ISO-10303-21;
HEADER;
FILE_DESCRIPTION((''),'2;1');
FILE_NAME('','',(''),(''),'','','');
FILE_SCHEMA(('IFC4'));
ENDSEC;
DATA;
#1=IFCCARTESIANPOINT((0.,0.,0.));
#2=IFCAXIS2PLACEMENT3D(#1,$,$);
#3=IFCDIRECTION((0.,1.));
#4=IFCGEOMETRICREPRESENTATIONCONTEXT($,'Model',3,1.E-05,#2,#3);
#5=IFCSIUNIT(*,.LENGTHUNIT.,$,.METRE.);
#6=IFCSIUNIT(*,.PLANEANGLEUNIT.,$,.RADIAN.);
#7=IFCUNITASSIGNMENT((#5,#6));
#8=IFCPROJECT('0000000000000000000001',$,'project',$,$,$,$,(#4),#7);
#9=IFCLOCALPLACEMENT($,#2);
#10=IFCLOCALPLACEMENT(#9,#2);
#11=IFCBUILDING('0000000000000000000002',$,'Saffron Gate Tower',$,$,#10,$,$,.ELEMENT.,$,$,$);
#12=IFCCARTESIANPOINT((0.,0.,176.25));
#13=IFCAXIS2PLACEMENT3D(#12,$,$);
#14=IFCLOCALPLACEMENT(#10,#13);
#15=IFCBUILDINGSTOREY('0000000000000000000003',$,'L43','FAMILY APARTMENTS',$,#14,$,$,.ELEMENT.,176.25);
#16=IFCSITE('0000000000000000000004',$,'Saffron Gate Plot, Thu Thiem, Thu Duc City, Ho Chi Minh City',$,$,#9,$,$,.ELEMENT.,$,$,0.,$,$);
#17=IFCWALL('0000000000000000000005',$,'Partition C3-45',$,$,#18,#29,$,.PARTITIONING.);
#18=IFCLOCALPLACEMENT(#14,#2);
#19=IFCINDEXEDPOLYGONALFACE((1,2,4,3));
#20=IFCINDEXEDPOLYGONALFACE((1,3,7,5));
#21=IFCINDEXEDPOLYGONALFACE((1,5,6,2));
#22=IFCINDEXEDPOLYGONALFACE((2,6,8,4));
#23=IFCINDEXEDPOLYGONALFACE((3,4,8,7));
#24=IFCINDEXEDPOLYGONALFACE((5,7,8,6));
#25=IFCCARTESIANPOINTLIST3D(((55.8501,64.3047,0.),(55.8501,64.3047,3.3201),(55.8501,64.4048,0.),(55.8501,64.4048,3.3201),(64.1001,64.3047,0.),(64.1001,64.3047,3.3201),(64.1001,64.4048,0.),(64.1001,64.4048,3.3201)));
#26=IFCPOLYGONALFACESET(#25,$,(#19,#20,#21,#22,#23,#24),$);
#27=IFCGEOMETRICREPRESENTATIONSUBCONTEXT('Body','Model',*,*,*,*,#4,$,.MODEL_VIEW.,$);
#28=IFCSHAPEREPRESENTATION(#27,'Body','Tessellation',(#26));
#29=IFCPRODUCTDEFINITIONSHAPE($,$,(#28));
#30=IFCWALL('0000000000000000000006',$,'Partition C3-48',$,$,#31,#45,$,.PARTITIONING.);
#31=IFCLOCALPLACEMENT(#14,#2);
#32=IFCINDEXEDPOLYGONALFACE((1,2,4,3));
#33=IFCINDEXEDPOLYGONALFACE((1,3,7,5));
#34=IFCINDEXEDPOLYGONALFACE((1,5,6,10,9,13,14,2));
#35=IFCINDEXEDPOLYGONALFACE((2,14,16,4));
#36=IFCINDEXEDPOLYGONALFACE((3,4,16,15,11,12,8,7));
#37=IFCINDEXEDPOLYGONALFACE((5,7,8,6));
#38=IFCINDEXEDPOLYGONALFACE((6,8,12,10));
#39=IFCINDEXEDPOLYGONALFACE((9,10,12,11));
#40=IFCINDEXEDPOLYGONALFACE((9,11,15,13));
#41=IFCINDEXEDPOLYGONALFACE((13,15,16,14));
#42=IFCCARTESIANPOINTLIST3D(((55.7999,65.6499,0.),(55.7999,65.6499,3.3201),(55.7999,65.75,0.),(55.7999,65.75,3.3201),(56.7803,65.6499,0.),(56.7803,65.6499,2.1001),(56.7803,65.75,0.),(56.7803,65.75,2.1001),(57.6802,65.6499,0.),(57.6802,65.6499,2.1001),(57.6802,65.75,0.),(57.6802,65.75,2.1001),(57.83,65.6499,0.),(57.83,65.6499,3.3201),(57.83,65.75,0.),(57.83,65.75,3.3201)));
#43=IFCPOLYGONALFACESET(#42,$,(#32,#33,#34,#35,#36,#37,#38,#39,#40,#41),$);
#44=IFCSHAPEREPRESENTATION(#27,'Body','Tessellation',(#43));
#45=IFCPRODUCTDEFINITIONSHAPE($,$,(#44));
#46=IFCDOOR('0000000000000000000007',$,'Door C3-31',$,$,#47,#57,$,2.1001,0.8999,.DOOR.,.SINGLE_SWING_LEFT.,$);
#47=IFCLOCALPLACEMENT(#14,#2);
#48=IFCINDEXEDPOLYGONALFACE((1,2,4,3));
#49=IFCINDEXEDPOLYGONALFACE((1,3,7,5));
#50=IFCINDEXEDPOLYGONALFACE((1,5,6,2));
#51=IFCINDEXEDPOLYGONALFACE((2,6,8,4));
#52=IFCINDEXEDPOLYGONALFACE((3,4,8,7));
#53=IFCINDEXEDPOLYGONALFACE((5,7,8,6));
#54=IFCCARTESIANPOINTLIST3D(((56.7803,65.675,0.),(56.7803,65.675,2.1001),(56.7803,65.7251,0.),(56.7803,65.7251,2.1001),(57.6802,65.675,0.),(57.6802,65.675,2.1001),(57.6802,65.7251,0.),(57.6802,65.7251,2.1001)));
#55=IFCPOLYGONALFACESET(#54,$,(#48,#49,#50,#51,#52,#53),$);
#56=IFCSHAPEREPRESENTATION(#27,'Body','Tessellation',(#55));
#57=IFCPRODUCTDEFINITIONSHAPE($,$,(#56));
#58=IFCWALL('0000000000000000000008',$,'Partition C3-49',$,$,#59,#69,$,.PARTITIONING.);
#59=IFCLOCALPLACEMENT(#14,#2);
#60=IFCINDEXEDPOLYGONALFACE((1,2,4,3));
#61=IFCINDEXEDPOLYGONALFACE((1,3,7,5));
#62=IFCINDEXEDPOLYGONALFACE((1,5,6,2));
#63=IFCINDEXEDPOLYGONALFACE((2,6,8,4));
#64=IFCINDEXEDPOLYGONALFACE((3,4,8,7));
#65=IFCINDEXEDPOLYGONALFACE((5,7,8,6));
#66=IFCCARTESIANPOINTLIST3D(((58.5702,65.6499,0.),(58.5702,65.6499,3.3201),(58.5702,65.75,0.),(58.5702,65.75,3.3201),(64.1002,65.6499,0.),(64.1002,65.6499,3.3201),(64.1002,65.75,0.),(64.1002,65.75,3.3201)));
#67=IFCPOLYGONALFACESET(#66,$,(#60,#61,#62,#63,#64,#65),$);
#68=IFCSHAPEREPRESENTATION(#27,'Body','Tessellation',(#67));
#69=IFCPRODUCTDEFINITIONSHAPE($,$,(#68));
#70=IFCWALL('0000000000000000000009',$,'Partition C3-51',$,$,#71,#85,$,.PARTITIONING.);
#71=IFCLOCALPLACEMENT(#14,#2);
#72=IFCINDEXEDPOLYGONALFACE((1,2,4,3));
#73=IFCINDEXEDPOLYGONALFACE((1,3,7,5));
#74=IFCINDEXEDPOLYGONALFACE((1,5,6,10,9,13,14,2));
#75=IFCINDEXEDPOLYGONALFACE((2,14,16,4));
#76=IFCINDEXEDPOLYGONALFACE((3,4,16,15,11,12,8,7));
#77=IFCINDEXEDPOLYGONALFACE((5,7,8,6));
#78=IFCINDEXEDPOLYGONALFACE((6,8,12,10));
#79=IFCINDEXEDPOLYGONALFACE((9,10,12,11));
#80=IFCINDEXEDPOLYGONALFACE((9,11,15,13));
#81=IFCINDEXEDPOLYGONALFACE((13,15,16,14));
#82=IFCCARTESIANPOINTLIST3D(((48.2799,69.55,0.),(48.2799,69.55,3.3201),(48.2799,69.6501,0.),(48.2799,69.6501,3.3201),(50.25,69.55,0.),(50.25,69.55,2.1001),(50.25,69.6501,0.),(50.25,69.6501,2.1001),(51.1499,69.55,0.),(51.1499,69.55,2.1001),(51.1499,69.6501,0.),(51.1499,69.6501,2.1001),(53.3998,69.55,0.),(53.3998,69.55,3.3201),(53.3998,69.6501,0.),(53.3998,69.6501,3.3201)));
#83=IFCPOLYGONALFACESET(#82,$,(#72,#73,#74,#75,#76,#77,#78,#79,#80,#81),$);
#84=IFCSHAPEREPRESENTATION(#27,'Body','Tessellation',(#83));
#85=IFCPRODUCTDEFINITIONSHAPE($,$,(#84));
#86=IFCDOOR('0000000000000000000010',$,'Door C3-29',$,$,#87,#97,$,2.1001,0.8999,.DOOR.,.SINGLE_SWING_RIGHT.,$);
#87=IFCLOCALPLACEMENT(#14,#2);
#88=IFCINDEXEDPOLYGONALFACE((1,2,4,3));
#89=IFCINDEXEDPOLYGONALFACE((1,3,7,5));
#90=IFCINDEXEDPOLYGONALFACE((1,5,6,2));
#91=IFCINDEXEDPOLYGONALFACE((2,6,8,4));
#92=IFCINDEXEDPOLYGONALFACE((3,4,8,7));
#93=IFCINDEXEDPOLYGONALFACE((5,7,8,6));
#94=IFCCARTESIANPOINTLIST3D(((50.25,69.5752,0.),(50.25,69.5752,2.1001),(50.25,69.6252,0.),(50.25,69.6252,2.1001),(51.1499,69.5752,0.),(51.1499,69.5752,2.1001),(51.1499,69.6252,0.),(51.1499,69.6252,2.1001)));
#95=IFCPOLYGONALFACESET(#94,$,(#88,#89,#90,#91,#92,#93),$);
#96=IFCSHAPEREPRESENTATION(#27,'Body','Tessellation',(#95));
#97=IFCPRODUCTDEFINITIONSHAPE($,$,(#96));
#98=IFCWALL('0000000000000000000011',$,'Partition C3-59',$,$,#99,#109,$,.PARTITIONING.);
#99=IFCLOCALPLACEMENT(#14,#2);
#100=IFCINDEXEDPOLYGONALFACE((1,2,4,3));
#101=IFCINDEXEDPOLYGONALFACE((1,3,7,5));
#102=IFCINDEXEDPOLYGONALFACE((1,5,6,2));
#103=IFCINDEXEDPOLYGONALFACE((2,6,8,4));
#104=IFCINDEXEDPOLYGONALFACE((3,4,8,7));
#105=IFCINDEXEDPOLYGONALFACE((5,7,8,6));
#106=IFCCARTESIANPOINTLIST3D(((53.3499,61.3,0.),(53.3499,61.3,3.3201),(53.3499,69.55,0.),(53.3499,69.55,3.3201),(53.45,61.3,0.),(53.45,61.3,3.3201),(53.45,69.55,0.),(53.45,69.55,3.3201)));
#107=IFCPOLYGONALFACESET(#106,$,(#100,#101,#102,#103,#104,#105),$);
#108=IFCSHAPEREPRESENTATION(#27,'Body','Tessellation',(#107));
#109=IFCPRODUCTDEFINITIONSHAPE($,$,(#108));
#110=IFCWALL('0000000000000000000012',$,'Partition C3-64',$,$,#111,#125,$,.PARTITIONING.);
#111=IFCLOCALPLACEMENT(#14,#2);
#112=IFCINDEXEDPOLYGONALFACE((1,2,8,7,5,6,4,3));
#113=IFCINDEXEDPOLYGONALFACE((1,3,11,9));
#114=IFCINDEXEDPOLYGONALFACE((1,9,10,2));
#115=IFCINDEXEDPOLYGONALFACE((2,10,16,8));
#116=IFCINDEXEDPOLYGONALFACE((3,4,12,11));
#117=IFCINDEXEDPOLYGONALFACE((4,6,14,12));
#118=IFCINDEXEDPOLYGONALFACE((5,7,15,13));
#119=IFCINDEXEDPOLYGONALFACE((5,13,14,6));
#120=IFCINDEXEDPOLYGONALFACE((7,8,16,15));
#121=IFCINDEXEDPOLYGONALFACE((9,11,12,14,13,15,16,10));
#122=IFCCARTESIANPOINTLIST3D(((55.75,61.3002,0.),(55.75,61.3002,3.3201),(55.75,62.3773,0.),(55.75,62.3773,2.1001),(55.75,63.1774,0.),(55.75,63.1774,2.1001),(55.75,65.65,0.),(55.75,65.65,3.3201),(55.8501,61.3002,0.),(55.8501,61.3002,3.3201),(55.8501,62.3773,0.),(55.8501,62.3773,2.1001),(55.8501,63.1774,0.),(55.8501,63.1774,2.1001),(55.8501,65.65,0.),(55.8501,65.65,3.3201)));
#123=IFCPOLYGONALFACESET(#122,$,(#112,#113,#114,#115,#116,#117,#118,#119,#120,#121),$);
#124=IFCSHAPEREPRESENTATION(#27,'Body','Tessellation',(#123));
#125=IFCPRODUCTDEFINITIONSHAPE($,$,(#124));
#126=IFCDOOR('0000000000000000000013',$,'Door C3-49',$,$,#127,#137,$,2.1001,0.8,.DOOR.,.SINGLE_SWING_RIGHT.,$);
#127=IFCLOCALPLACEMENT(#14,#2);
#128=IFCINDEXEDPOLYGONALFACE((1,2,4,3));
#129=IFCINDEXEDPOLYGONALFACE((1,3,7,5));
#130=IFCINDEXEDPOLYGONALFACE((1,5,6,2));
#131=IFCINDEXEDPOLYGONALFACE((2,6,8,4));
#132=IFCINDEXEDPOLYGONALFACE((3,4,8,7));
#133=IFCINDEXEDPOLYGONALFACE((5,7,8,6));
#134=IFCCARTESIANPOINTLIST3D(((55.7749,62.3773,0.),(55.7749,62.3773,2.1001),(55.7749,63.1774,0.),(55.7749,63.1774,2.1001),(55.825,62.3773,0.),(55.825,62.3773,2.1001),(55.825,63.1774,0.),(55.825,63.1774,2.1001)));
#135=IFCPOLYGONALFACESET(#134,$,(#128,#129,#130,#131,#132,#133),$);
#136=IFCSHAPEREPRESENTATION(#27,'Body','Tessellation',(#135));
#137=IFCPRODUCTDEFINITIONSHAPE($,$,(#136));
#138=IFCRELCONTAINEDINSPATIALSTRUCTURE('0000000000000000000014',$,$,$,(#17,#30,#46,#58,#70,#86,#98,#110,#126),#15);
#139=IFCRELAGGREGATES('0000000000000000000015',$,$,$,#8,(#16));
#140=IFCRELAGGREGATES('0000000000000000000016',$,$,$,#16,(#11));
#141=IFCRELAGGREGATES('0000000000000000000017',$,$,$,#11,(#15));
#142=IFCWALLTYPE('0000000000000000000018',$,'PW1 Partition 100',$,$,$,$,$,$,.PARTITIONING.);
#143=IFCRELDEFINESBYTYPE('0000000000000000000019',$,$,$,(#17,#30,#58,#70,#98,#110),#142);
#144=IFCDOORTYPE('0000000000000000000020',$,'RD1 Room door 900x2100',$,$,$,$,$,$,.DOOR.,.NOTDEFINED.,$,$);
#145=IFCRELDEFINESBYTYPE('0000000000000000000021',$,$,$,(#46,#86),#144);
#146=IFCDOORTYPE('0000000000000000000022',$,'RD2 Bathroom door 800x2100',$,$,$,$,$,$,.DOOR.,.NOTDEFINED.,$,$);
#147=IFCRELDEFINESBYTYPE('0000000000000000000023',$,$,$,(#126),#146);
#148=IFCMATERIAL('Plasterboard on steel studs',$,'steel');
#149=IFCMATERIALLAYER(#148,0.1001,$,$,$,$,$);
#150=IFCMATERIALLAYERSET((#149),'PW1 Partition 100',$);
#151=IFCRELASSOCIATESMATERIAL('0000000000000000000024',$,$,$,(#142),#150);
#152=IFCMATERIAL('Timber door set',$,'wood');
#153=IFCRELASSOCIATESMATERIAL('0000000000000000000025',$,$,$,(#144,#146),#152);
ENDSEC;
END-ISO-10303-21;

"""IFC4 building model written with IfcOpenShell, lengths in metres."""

from ifc_helpers import new_model, si_unit, direction, frame, frame_2d, origin, place, context, subcontext, project, spatial, rectangle, extrude, material, layer, layer_set, type_object, element, fill, save


model = new_model("IFC4")

# Units and contexts
model_context = context("Model", 3, precision=1e-05, world=origin(), true_north=direction((0.0, 1.0)))
body_context = subcontext(model_context, "Body", "Model", "MODEL_VIEW")
ifc_project = project(units=[si_unit("LENGTHUNIT", "METRE"), si_unit("PLANEANGLEUNIT", "RADIAN")], contexts=[model_context])

# Site, building, storey
site_placement = place(None, origin())
site = spatial("IfcSite", under=ifc_project, at=site_placement, Name="Saffron Gate Plot, Thu Thiem, Thu Duc City, Ho Chi Minh City", CompositionType="ELEMENT", RefElevation=0.0)
building_placement = place(site_placement, origin())
building = spatial("IfcBuilding", under=site, at=building_placement, Name="Saffron Gate Tower", CompositionType="ELEMENT")
storey_placement = place(building_placement, frame((0.0, 0.0, 176.25)))
storey = spatial("IfcBuildingStorey", under=building, at=storey_placement, Name="L43", Description="FAMILY APARTMENTS", CompositionType="ELEMENT", Elevation=176.25)

# Wall
ifc_material_1 = material(Name="Plasterboard on steel studs", Category="steel")
ifc_layer_1 = layer(ifc_material_1, 0.1001)
ifc_layer_set_1 = layer_set([ifc_layer_1], Name="PW1 Partition 100")
wall_type = type_object("IfcWallType", Name="PW1 Partition 100", PredefinedType="PARTITIONING", material=ifc_layer_set_1)
wall_1_placement = place(storey_placement, frame((55.8501, 64.3547, 0.0), z_axis=(0.0, 0.0, 1.0), x_axis=(1.0, 0.0, 0.0)))
element("IfcWall", 1, at=wall_1_placement, inside=storey, type_object=wall_type, Name="Partition C3-45", PredefinedType="PARTITIONING", context=body_context, shape_type="SweptSolid", body=[
    extrude(rectangle(XDim=8.25, YDim=0.1001, at=frame_2d((4.125, 0.0))), origin(), (0.0, 0.0, 1.0), 3.3201),
])

# Wall, opening, door
wall_2_placement = place(storey_placement, frame((57.8301, 65.7, 0.0), z_axis=(0.0, 0.0, 1.0), x_axis=(-1.0, 0.0, 0.0)))
wall_2 = element("IfcWall", 2, at=wall_2_placement, inside=storey, type_object=wall_type, Name="Partition C3-48", PredefinedType="PARTITIONING", context=body_context, shape_type="SweptSolid", body=[
    extrude(rectangle(XDim=2.03, YDim=0.1001, at=frame_2d((1.0151, 0.0))), origin(), (0.0, 0.0, 1.0), 3.3201),
])
opening_1_placement = place(wall_2_placement, frame((0.1499, 0.0, 0.0)))
opening_1 = element("IfcOpeningElement", 3, at=opening_1_placement, cuts=wall_2, PredefinedType="OPENING", context=body_context, shape_type="SweptSolid", body=[
    extrude(rectangle(XDim=0.8999, YDim=2.1001, at=frame_2d((0.45, 1.05))), frame((0.0, 0.0601, 0.0), z_axis=(0.0, -1.0, 0.0), x_axis=(1.0, 0.0, 0.0)), (0.0, 0.0, 1.0), 0.1201),
])
ifc_material_2 = material(Name="Timber door set", Category="wood")
door_type_1 = type_object("IfcDoorType", Name="RD1 Room door 900x2100", OperationType="NOTDEFINED", PredefinedType="DOOR", material=ifc_material_2)
door_1_placement = place(opening_1_placement, origin())
door_1 = element("IfcDoor", 4, at=door_1_placement, inside=storey, type_object=door_type_1, Name="Door C3-31", OperationType="SINGLE_SWING_LEFT", OverallHeight=2.1001, OverallWidth=0.8999, PredefinedType="DOOR", context=body_context, shape_type="SweptSolid", body=[
    extrude(rectangle(XDim=0.8999, YDim=2.1001, at=frame_2d((0.45, 1.05))), frame((0.0, 0.0249, 0.0), z_axis=(0.0, -1.0, 0.0), x_axis=(1.0, 0.0, 0.0)), (0.0, 0.0, 1.0), 0.05),
])
fill(opening_1, door_1)

# Wall
wall_3_placement = place(storey_placement, frame((58.5701, 65.7, 0.0), z_axis=(0.0, 0.0, 1.0), x_axis=(1.0, 0.0, 0.0)))
element("IfcWall", 5, at=wall_3_placement, inside=storey, type_object=wall_type, Name="Partition C3-49", PredefinedType="PARTITIONING", context=body_context, shape_type="SweptSolid", body=[
    extrude(rectangle(XDim=5.53, YDim=0.1001, at=frame_2d((2.7651, 0.0))), origin(), (0.0, 0.0, 1.0), 3.3201),
])

# Wall, opening, door
wall_4_placement = place(storey_placement, frame((53.3999, 69.6001, 0.0), z_axis=(0.0, 0.0, 1.0), x_axis=(-1.0, 0.0, 0.0)))
wall_4 = element("IfcWall", 6, at=wall_4_placement, inside=storey, type_object=wall_type, Name="Partition C3-51", PredefinedType="PARTITIONING", context=body_context, shape_type="SweptSolid", body=[
    extrude(rectangle(XDim=5.1199, YDim=0.1001, at=frame_2d((2.5601, 0.0))), origin(), (0.0, 0.0, 1.0), 3.3201),
])
opening_2_placement = place(wall_4_placement, frame((2.25, 0.0, 0.0)))
opening_2 = element("IfcOpeningElement", 7, at=opening_2_placement, cuts=wall_4, PredefinedType="OPENING", context=body_context, shape_type="SweptSolid", body=[
    extrude(rectangle(XDim=0.8999, YDim=2.1001, at=frame_2d((0.45, 1.05))), frame((0.0, 0.0601, 0.0), z_axis=(0.0, -1.0, 0.0), x_axis=(1.0, 0.0, 0.0)), (0.0, 0.0, 1.0), 0.1201),
])
door_2_placement = place(opening_2_placement, origin())
door_2 = element("IfcDoor", 8, at=door_2_placement, inside=storey, type_object=door_type_1, Name="Door C3-29", OperationType="SINGLE_SWING_RIGHT", OverallHeight=2.1001, OverallWidth=0.8999, PredefinedType="DOOR", context=body_context, shape_type="SweptSolid", body=[
    extrude(rectangle(XDim=0.8999, YDim=2.1001, at=frame_2d((0.45, 1.05))), frame((0.0, 0.0249, 0.0), z_axis=(0.0, -1.0, 0.0), x_axis=(1.0, 0.0, 0.0)), (0.0, 0.0, 1.0), 0.05),
])
fill(opening_2, door_2)

# Wall
wall_5_placement = place(storey_placement, frame((53.3999, 69.55, 0.0), z_axis=(0.0, 0.0, 1.0), x_axis=(0.0, -1.0, 0.0)))
element("IfcWall", 9, at=wall_5_placement, inside=storey, type_object=wall_type, Name="Partition C3-59", PredefinedType="PARTITIONING", context=body_context, shape_type="SweptSolid", body=[
    extrude(rectangle(XDim=8.25, YDim=0.1001, at=frame_2d((4.125, 0.0))), origin(), (0.0, 0.0, 1.0), 3.3201),
])

# Wall, opening, door
wall_6_placement = place(storey_placement, frame((55.8, 65.6499, 0.0), z_axis=(0.0, 0.0, 1.0), x_axis=(0.0, -1.0, 0.0)))
wall_6 = element("IfcWall", 10, at=wall_6_placement, inside=storey, type_object=wall_type, Name="Partition C3-64", PredefinedType="PARTITIONING", context=body_context, shape_type="SweptSolid", body=[
    extrude(rectangle(XDim=4.3499, YDim=0.1001, at=frame_2d((2.1748, 0.0))), origin(), (0.0, 0.0, 1.0), 3.3201),
])
opening_3_placement = place(wall_6_placement, frame((2.4727, 0.0, 0.0)))
opening_3 = element("IfcOpeningElement", 11, at=opening_3_placement, cuts=wall_6, PredefinedType="OPENING", context=body_context, shape_type="SweptSolid", body=[
    extrude(rectangle(XDim=0.8, YDim=2.1001, at=frame_2d((0.3999, 1.05))), frame((0.0, 0.0601, 0.0), z_axis=(0.0, -1.0, 0.0), x_axis=(1.0, 0.0, 0.0)), (0.0, 0.0, 1.0), 0.1201),
])
door_type_2 = type_object("IfcDoorType", Name="RD2 Bathroom door 800x2100", OperationType="NOTDEFINED", PredefinedType="DOOR", material=ifc_material_2)
door_3_placement = place(opening_3_placement, origin())
door_3 = element("IfcDoor", 12, at=door_3_placement, inside=storey, type_object=door_type_2, Name="Door C3-49", OperationType="SINGLE_SWING_RIGHT", OverallHeight=2.1001, OverallWidth=0.8, PredefinedType="DOOR", context=body_context, shape_type="SweptSolid", body=[
    extrude(rectangle(XDim=0.8, YDim=2.1001, at=frame_2d((0.3999, 1.05))), frame((0.0, 0.0249, 0.0), z_axis=(0.0, -1.0, 0.0), x_axis=(1.0, 0.0, 0.0)), (0.0, 0.0, 1.0), 0.05),
])
fill(opening_3, door_3)

save(model, "model.ifc")
